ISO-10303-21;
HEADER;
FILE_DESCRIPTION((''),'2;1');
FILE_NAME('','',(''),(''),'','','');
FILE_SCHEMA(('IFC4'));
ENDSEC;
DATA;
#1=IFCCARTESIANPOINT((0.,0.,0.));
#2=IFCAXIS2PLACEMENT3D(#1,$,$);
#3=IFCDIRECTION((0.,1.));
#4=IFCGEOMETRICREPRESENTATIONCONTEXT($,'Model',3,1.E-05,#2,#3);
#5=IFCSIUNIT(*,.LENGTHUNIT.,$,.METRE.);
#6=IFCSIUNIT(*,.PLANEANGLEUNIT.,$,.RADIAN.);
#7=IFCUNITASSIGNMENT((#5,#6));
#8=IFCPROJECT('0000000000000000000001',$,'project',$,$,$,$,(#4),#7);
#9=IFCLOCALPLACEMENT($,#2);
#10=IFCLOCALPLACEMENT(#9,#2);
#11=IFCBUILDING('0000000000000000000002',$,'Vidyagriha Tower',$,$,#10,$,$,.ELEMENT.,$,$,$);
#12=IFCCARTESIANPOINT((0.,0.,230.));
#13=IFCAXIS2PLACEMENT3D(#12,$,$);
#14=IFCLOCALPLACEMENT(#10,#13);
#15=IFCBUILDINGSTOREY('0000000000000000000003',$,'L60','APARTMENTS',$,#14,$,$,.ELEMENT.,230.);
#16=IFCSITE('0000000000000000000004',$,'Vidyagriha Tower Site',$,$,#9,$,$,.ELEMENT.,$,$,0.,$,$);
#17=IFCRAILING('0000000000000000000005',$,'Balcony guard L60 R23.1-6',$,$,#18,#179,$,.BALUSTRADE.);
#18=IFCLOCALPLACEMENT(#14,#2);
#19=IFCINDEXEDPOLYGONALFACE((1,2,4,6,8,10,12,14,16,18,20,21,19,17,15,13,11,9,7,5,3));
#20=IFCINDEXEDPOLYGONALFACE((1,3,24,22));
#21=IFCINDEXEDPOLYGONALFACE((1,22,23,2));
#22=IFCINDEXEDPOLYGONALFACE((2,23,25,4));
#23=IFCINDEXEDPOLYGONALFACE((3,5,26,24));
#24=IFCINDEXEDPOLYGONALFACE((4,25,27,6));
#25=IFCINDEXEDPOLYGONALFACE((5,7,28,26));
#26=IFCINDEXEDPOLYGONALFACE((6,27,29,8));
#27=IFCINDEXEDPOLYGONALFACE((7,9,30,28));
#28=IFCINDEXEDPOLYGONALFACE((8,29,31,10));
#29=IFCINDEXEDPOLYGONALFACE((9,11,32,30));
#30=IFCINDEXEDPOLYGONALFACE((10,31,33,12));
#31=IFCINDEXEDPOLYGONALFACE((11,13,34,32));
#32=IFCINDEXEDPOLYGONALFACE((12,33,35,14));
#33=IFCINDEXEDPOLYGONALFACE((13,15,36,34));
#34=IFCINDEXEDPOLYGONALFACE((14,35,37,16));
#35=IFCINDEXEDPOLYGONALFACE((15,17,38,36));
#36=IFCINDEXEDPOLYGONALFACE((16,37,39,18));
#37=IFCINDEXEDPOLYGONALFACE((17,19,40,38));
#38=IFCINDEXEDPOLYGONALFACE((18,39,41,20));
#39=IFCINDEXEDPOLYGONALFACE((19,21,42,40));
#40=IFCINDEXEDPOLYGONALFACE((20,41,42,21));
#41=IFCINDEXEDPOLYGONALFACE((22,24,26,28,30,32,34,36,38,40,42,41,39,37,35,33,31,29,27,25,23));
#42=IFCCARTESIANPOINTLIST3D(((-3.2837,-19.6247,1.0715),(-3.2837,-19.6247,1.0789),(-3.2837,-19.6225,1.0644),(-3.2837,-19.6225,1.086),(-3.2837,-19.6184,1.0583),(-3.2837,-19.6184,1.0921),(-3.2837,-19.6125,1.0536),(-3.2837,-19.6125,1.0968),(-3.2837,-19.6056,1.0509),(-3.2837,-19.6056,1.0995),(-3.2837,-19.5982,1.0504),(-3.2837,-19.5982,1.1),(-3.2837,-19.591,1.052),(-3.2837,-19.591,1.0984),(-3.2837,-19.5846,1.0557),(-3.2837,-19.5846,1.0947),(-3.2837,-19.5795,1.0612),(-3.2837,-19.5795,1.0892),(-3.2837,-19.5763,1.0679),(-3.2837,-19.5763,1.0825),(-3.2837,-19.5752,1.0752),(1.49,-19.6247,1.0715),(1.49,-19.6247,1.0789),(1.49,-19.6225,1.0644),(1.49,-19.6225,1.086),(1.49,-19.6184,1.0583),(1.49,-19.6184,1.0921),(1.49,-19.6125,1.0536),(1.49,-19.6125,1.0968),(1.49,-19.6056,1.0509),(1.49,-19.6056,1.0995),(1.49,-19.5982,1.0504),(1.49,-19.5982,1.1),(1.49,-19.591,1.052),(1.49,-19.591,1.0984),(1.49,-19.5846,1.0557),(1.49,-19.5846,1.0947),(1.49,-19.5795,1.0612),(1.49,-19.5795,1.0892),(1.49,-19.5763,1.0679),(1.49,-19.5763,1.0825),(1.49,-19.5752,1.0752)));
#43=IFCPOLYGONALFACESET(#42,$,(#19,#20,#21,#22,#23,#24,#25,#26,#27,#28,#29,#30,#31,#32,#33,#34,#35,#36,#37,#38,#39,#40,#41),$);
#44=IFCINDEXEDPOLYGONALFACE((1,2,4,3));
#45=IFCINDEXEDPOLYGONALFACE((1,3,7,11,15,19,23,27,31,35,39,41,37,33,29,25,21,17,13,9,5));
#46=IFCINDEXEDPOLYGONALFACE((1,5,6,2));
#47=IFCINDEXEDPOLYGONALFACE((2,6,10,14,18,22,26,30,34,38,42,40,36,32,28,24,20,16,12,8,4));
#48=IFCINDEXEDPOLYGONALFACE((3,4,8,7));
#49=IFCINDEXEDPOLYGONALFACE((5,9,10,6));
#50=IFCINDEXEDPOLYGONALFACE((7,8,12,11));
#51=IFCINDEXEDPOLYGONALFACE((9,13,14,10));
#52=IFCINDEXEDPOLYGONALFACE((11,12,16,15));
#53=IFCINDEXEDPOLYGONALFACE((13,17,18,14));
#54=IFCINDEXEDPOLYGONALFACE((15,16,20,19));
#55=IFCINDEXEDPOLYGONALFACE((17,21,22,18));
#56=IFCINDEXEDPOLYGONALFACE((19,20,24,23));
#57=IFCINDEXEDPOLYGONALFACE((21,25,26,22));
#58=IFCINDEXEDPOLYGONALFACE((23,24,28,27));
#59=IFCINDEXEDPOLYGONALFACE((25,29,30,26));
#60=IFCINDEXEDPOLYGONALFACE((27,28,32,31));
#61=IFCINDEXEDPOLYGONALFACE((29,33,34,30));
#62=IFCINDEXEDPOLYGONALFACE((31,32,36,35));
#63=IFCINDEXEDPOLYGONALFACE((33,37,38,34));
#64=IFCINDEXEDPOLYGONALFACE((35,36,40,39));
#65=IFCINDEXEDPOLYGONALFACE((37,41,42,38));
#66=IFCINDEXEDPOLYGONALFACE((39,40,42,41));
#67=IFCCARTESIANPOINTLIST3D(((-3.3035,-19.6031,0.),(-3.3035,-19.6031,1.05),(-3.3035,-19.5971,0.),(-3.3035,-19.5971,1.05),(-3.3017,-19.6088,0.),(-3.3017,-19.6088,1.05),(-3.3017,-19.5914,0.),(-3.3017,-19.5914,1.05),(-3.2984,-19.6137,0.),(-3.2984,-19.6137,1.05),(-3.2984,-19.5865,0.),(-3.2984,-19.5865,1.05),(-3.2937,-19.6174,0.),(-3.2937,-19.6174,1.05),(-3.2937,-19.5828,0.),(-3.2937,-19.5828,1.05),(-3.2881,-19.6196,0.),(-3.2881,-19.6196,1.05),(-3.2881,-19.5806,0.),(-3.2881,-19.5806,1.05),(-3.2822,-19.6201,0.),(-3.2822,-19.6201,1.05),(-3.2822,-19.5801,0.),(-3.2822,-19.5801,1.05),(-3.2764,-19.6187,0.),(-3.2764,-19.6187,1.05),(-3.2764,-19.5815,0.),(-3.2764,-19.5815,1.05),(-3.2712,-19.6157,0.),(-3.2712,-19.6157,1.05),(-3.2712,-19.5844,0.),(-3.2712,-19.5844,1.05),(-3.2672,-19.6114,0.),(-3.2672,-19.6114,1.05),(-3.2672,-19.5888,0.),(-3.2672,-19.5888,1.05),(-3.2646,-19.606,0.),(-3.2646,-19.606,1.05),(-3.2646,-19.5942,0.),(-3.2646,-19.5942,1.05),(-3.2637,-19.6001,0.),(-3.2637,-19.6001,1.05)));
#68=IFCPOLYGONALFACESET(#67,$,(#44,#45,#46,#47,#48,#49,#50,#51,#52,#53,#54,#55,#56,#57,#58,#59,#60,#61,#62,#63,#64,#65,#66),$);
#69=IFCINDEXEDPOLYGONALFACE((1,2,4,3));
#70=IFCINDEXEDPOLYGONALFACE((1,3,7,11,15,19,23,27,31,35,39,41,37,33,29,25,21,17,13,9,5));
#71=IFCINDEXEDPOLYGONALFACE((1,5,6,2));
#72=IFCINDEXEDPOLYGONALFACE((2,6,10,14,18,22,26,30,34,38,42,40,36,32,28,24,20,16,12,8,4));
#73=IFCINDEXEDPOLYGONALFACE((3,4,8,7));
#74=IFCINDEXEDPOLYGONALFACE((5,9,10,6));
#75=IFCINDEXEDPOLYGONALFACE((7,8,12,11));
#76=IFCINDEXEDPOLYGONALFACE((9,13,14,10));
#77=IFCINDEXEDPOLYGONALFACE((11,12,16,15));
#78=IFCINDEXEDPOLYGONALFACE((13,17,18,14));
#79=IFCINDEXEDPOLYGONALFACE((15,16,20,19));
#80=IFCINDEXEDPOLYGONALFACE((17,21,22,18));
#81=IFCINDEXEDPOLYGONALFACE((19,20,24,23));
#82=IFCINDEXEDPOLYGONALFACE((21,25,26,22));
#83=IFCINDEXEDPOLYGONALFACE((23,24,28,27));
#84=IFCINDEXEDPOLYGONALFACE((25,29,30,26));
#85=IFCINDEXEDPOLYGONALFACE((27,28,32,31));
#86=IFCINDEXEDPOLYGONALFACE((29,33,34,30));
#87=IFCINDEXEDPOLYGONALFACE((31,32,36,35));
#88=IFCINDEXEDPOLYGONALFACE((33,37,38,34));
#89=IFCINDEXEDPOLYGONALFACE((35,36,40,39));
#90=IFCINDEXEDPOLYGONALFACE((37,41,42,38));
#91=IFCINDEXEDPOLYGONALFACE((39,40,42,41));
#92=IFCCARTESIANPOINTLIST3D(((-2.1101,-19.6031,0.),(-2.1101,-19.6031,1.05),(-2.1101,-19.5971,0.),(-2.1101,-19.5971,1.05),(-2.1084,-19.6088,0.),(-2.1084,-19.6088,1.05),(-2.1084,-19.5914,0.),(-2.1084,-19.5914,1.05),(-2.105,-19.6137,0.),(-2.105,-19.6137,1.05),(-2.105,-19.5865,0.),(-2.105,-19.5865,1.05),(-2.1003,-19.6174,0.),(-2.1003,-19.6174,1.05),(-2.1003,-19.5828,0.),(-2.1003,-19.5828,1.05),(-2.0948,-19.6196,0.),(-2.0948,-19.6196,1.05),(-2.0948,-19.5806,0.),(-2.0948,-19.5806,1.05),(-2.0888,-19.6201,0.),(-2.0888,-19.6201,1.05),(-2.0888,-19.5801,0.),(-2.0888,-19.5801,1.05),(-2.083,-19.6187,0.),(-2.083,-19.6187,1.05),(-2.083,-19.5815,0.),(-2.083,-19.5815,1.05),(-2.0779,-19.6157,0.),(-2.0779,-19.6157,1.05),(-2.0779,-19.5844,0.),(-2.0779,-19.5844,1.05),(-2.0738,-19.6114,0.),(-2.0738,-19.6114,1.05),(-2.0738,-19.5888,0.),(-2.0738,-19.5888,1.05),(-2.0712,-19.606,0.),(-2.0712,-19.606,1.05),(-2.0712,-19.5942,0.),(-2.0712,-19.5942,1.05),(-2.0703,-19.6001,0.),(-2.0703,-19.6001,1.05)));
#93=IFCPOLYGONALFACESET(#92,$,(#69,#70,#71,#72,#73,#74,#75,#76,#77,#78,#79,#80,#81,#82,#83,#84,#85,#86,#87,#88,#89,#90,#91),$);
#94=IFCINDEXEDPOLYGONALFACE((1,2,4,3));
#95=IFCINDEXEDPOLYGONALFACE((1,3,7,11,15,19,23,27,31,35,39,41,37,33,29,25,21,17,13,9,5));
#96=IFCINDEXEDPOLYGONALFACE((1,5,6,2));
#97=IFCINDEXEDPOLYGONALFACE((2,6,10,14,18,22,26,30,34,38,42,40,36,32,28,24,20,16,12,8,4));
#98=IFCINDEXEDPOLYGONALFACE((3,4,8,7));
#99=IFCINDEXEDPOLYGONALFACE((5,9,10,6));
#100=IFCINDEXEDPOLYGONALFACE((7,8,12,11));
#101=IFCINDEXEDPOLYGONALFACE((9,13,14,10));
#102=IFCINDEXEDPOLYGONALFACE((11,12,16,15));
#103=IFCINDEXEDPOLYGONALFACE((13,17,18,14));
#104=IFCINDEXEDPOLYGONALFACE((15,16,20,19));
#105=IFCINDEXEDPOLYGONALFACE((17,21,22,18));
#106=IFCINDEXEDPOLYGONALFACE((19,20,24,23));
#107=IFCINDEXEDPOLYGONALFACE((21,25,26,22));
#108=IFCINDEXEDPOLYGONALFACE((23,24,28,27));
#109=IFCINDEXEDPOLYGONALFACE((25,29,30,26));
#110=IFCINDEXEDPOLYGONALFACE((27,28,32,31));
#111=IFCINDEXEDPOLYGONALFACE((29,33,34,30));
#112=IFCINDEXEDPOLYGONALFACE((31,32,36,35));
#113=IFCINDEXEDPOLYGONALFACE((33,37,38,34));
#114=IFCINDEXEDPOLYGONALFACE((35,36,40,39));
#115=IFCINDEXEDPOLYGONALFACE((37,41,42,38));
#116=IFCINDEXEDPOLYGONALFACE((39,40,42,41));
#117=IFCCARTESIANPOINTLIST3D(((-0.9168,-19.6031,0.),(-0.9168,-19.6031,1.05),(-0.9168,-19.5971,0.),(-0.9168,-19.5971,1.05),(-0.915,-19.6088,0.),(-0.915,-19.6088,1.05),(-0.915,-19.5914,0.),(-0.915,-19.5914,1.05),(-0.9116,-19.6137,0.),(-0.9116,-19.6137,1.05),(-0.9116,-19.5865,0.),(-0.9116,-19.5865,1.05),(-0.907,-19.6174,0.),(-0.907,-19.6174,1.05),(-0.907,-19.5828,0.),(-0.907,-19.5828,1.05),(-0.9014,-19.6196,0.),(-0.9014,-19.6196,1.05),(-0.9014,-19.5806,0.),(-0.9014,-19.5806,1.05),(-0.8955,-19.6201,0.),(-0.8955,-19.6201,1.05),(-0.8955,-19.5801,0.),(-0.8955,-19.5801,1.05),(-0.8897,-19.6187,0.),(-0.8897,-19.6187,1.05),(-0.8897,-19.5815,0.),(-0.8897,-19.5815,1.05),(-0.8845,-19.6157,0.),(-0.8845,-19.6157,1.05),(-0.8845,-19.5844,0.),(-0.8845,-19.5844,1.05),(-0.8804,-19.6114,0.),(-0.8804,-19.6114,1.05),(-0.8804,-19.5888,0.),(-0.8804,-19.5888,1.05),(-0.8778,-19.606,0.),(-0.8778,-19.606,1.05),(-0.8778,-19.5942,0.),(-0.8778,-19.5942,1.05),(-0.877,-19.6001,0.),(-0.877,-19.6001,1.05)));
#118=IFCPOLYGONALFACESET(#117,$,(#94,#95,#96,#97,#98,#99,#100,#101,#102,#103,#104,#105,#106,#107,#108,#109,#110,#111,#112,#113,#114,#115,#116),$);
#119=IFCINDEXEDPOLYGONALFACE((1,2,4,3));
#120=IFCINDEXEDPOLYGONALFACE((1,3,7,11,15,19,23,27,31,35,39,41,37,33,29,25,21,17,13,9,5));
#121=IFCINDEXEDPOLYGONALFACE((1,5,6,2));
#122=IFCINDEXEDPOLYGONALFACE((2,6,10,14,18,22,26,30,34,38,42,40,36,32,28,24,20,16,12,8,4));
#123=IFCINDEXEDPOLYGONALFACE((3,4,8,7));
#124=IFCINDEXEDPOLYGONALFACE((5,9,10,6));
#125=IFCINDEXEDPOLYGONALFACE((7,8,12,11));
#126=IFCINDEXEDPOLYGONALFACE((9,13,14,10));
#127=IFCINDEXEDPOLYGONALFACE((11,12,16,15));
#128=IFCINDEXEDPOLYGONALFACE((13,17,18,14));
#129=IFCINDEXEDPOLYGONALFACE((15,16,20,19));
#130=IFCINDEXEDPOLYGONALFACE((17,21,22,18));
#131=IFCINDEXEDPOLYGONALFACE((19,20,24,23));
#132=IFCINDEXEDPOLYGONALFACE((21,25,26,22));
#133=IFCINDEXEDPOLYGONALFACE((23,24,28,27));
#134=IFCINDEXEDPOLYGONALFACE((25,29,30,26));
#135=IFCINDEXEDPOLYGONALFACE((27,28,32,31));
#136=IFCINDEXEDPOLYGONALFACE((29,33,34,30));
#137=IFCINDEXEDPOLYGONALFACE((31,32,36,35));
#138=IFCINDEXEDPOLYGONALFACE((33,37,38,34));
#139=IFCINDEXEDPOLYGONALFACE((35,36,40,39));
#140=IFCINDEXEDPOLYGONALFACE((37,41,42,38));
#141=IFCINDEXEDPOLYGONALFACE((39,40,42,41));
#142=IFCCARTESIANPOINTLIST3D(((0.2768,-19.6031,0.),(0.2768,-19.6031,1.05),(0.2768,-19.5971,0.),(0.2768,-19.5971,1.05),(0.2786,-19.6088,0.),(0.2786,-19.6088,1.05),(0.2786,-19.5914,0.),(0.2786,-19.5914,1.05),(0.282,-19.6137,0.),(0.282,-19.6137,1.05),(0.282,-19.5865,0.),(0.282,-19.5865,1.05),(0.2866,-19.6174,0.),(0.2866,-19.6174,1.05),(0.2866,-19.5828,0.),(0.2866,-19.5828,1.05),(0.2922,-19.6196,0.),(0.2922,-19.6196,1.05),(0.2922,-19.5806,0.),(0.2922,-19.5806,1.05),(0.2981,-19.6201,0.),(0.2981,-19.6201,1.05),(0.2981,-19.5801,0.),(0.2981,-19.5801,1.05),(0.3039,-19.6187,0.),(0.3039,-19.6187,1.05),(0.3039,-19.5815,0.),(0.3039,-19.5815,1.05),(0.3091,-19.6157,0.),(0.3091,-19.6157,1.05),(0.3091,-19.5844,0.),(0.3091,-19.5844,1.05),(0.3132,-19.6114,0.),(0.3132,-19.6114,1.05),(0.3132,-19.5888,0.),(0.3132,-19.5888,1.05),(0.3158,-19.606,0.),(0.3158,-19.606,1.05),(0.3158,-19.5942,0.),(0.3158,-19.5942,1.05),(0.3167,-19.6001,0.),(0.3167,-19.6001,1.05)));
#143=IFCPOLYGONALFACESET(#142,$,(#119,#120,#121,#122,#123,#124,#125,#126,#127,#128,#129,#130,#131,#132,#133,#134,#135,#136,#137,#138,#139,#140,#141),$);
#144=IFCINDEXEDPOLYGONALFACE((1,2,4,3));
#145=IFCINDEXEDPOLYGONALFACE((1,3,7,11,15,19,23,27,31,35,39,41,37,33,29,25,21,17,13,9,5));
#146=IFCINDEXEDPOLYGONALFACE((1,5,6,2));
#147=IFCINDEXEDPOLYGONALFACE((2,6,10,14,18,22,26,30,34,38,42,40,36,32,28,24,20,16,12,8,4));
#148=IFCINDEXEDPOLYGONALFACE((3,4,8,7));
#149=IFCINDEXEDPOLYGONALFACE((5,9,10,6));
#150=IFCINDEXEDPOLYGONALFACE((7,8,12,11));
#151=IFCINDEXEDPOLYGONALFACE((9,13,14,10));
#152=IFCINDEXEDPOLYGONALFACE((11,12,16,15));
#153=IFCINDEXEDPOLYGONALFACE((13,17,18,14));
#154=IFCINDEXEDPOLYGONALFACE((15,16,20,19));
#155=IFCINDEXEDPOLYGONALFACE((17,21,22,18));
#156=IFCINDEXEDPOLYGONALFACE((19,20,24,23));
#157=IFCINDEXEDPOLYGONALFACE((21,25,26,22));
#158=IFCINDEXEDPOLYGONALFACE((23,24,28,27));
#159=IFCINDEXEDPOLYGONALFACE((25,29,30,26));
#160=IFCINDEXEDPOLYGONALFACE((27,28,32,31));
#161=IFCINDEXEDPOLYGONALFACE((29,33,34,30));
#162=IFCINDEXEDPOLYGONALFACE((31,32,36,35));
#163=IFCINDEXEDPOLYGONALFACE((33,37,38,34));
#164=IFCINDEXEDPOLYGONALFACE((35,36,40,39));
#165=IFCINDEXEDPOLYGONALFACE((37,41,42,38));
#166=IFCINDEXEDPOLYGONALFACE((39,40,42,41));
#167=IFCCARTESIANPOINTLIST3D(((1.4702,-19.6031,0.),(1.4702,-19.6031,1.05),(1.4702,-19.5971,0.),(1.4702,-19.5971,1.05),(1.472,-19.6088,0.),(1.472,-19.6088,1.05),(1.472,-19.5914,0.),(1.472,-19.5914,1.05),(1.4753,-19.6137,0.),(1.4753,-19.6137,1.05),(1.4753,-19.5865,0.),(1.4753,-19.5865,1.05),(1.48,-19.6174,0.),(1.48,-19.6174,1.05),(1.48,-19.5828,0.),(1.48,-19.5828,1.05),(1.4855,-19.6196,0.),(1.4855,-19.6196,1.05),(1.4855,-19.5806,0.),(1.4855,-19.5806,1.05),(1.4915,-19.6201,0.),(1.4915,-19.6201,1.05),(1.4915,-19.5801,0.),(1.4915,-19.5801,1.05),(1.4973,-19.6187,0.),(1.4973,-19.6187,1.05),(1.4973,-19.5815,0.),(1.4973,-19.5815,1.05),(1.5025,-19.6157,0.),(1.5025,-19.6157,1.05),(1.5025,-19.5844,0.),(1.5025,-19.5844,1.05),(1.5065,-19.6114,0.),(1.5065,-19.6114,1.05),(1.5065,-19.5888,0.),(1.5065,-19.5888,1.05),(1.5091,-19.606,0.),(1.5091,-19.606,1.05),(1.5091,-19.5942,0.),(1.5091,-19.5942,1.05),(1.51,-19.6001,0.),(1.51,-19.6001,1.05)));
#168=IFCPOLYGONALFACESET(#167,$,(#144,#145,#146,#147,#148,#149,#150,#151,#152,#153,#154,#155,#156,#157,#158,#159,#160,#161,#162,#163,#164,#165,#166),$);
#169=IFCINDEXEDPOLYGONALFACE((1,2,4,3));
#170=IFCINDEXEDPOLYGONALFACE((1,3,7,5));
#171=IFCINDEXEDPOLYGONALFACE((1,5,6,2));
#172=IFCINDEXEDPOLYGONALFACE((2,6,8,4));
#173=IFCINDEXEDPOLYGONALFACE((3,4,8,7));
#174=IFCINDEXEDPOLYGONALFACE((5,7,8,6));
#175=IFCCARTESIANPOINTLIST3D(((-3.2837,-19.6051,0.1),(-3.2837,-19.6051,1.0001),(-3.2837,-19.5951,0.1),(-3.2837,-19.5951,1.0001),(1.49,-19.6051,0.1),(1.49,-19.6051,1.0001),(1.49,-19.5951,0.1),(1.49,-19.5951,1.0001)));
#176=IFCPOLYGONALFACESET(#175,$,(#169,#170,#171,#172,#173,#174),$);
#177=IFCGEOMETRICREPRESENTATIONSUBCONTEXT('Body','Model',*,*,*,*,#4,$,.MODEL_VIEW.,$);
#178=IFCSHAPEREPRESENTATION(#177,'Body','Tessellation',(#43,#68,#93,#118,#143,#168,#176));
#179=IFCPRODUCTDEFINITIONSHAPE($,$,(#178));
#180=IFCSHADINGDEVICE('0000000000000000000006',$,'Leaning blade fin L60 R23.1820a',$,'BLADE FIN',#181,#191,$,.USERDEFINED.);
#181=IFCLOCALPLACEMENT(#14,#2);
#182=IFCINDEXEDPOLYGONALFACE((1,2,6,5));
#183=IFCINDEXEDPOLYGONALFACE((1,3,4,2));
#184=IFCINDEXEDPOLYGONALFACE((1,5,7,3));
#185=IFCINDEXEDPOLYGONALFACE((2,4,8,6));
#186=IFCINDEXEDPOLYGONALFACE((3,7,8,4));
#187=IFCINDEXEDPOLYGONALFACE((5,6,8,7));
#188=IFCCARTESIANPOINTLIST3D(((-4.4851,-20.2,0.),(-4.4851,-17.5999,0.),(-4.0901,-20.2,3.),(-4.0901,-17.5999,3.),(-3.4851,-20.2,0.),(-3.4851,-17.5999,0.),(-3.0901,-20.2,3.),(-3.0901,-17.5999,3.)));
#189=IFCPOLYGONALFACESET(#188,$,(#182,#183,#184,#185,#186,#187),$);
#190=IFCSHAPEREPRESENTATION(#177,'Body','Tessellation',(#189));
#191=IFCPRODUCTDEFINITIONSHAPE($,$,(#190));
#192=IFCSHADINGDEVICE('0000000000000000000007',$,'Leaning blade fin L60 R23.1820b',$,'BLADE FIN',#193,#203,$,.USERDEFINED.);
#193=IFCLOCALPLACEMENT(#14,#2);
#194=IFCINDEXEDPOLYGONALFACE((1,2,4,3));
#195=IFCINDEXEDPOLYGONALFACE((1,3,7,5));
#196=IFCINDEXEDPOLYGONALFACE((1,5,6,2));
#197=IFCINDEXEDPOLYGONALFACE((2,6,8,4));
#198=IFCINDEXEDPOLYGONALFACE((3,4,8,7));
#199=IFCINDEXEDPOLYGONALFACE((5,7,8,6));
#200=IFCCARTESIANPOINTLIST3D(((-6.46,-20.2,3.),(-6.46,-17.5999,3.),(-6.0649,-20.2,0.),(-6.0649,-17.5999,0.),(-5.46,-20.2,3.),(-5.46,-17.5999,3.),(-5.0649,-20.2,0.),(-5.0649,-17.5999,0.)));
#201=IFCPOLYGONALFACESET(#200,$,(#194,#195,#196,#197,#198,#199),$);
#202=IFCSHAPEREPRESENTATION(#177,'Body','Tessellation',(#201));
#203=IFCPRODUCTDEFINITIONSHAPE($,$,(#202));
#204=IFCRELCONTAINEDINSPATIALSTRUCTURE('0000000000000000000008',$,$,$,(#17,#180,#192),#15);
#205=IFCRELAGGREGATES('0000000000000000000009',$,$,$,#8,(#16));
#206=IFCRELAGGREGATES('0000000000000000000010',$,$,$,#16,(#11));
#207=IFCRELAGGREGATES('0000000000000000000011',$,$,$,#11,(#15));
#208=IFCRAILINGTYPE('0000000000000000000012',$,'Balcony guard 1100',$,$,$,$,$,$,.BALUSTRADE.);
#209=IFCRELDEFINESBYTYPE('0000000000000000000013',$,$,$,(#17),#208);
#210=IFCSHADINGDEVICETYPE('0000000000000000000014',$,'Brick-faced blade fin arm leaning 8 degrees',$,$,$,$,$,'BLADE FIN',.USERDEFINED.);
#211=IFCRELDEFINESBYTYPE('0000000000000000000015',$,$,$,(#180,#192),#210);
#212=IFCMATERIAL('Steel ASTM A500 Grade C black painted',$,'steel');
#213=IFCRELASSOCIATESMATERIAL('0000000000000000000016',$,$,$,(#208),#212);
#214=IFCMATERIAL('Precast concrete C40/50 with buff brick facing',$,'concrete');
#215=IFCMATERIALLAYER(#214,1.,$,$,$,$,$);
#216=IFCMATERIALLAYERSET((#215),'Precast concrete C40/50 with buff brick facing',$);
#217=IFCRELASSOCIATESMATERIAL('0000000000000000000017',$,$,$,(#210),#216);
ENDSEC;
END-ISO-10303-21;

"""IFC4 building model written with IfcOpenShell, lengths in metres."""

from ifc_helpers import new_model, si_unit, direction, frame, origin, origin_2d, place, context, subcontext, project, spatial, polyline, rectangle, circle, outline, extrude, material, layer, layer_set, type_object, element, save


model = new_model("IFC4")

# Units and contexts
model_context = context("Model", 3, precision=1e-05, world=origin(), true_north=direction((0.0, 1.0)))
body_context = subcontext(model_context, "Body", "Model", "MODEL_VIEW")
ifc_project = project(units=[si_unit("LENGTHUNIT", "METRE"), si_unit("PLANEANGLEUNIT", "RADIAN")], contexts=[model_context])

# Site, building, storey
site_placement = place(None, origin())
site = spatial("IfcSite", under=ifc_project, at=site_placement, Name="Vidyagriha Tower Site", CompositionType="ELEMENT", RefElevation=0.0)
building_placement = place(site_placement, origin())
building = spatial("IfcBuilding", under=site, at=building_placement, Name="Vidyagriha Tower", CompositionType="ELEMENT")
storey_placement = place(building_placement, frame((0.0, 0.0, 230.0)))
storey = spatial("IfcBuildingStorey", under=building, at=storey_placement, Name="L60", Description="APARTMENTS", CompositionType="ELEMENT", Elevation=230.0)

# Railing
ifc_material_1 = material(Name="Steel ASTM A500 Grade C black painted", Category="steel")
railing_type = type_object("IfcRailingType", Name="Balcony guard 1100", PredefinedType="BALUSTRADE", material=ifc_material_1)
railing_1_placement = place(storey_placement, frame((-3.2837, -19.6001, 0.0)))
element("IfcRailing", 1, at=railing_1_placement, inside=storey, type_object=railing_type, Name="Balcony guard L60 R23.1-6", PredefinedType="BALUSTRADE", context=body_context, shape_type="SweptSolid", body=[
    extrude(circle(Radius=0.0249, at=origin_2d()), frame((0.0, 0.0, 1.0752), z_axis=(1.0, 0.0, 0.0), x_axis=(0.0, 1.0, 0.0)), (0.0, 0.0, 1.0), 4.7737),
    extrude(circle(Radius=0.02, at=origin_2d()), origin(), (0.0, 0.0, 1.0), 1.05),
    extrude(circle(Radius=0.02, at=origin_2d()), frame((1.1934, 0.0, 0.0)), (0.0, 0.0, 1.0), 1.05),
    extrude(circle(Radius=0.02, at=origin_2d()), frame((2.3867, 0.0, 0.0)), (0.0, 0.0, 1.0), 1.05),
    extrude(circle(Radius=0.02, at=origin_2d()), frame((3.5803, 0.0, 0.0)), (0.0, 0.0, 1.0), 1.05),
    extrude(circle(Radius=0.02, at=origin_2d()), frame((4.7737, 0.0, 0.0)), (0.0, 0.0, 1.0), 1.05),
    extrude(rectangle(XDim=0.01, YDim=0.9001, at=origin_2d()), frame((0.0, 0.0, 0.55), z_axis=(1.0, 0.0, 0.0), x_axis=(0.0, 1.0, 0.0)), (0.0, 0.0, 1.0), 4.7737),
])

# Shading devices
ifc_material_2 = material(Name="Precast concrete C40/50 with buff brick facing", Category="concrete")
ifc_layer_1 = layer(ifc_material_2, 1.0)
ifc_layer_set_1 = layer_set([ifc_layer_1], Name="Precast concrete C40/50 with buff brick facing")
shading_device_type = type_object("IfcShadingDeviceType", Name="Brick-faced blade fin arm leaning 8 degrees", ElementType="BLADE FIN", PredefinedType="USERDEFINED", material=ifc_layer_set_1)
shading_device_1_placement = place(storey_placement, frame((-4.4851, -18.8999, 0.0)))
element("IfcShadingDevice", 2, at=shading_device_1_placement, inside=storey, type_object=shading_device_type, Name="Leaning blade fin L60 R23.1820a", ObjectType="BLADE FIN", PredefinedType="USERDEFINED", context=body_context, shape_type="SweptSolid", body=[
    extrude(outline(polyline([(0.0, 0.0), (1.0, 0.0), (1.395, 3.0), (0.395, 3.0), (0.0, 0.0)])), frame((0.0, 1.3, 0.0), z_axis=(0.0, -1.0, 0.0), x_axis=(1.0, 0.0, 0.0)), (0.0, 0.0, 1.0), 2.6001),
])
shading_device_2_placement = place(storey_placement, frame((-6.46, -18.8999, 0.0)))
element("IfcShadingDevice", 3, at=shading_device_2_placement, inside=storey, type_object=shading_device_type, Name="Leaning blade fin L60 R23.1820b", ObjectType="BLADE FIN", PredefinedType="USERDEFINED", context=body_context, shape_type="SweptSolid", body=[
    extrude(outline(polyline([(0.395, 0.0), (1.395, 0.0), (1.0, 3.0), (0.0, 3.0), (0.395, 0.0)])), frame((0.0, 1.3, 0.0), z_axis=(0.0, -1.0, 0.0), x_axis=(1.0, 0.0, 0.0)), (0.0, 0.0, 1.0), 2.6001),
])

save(model, "model.ifc")
